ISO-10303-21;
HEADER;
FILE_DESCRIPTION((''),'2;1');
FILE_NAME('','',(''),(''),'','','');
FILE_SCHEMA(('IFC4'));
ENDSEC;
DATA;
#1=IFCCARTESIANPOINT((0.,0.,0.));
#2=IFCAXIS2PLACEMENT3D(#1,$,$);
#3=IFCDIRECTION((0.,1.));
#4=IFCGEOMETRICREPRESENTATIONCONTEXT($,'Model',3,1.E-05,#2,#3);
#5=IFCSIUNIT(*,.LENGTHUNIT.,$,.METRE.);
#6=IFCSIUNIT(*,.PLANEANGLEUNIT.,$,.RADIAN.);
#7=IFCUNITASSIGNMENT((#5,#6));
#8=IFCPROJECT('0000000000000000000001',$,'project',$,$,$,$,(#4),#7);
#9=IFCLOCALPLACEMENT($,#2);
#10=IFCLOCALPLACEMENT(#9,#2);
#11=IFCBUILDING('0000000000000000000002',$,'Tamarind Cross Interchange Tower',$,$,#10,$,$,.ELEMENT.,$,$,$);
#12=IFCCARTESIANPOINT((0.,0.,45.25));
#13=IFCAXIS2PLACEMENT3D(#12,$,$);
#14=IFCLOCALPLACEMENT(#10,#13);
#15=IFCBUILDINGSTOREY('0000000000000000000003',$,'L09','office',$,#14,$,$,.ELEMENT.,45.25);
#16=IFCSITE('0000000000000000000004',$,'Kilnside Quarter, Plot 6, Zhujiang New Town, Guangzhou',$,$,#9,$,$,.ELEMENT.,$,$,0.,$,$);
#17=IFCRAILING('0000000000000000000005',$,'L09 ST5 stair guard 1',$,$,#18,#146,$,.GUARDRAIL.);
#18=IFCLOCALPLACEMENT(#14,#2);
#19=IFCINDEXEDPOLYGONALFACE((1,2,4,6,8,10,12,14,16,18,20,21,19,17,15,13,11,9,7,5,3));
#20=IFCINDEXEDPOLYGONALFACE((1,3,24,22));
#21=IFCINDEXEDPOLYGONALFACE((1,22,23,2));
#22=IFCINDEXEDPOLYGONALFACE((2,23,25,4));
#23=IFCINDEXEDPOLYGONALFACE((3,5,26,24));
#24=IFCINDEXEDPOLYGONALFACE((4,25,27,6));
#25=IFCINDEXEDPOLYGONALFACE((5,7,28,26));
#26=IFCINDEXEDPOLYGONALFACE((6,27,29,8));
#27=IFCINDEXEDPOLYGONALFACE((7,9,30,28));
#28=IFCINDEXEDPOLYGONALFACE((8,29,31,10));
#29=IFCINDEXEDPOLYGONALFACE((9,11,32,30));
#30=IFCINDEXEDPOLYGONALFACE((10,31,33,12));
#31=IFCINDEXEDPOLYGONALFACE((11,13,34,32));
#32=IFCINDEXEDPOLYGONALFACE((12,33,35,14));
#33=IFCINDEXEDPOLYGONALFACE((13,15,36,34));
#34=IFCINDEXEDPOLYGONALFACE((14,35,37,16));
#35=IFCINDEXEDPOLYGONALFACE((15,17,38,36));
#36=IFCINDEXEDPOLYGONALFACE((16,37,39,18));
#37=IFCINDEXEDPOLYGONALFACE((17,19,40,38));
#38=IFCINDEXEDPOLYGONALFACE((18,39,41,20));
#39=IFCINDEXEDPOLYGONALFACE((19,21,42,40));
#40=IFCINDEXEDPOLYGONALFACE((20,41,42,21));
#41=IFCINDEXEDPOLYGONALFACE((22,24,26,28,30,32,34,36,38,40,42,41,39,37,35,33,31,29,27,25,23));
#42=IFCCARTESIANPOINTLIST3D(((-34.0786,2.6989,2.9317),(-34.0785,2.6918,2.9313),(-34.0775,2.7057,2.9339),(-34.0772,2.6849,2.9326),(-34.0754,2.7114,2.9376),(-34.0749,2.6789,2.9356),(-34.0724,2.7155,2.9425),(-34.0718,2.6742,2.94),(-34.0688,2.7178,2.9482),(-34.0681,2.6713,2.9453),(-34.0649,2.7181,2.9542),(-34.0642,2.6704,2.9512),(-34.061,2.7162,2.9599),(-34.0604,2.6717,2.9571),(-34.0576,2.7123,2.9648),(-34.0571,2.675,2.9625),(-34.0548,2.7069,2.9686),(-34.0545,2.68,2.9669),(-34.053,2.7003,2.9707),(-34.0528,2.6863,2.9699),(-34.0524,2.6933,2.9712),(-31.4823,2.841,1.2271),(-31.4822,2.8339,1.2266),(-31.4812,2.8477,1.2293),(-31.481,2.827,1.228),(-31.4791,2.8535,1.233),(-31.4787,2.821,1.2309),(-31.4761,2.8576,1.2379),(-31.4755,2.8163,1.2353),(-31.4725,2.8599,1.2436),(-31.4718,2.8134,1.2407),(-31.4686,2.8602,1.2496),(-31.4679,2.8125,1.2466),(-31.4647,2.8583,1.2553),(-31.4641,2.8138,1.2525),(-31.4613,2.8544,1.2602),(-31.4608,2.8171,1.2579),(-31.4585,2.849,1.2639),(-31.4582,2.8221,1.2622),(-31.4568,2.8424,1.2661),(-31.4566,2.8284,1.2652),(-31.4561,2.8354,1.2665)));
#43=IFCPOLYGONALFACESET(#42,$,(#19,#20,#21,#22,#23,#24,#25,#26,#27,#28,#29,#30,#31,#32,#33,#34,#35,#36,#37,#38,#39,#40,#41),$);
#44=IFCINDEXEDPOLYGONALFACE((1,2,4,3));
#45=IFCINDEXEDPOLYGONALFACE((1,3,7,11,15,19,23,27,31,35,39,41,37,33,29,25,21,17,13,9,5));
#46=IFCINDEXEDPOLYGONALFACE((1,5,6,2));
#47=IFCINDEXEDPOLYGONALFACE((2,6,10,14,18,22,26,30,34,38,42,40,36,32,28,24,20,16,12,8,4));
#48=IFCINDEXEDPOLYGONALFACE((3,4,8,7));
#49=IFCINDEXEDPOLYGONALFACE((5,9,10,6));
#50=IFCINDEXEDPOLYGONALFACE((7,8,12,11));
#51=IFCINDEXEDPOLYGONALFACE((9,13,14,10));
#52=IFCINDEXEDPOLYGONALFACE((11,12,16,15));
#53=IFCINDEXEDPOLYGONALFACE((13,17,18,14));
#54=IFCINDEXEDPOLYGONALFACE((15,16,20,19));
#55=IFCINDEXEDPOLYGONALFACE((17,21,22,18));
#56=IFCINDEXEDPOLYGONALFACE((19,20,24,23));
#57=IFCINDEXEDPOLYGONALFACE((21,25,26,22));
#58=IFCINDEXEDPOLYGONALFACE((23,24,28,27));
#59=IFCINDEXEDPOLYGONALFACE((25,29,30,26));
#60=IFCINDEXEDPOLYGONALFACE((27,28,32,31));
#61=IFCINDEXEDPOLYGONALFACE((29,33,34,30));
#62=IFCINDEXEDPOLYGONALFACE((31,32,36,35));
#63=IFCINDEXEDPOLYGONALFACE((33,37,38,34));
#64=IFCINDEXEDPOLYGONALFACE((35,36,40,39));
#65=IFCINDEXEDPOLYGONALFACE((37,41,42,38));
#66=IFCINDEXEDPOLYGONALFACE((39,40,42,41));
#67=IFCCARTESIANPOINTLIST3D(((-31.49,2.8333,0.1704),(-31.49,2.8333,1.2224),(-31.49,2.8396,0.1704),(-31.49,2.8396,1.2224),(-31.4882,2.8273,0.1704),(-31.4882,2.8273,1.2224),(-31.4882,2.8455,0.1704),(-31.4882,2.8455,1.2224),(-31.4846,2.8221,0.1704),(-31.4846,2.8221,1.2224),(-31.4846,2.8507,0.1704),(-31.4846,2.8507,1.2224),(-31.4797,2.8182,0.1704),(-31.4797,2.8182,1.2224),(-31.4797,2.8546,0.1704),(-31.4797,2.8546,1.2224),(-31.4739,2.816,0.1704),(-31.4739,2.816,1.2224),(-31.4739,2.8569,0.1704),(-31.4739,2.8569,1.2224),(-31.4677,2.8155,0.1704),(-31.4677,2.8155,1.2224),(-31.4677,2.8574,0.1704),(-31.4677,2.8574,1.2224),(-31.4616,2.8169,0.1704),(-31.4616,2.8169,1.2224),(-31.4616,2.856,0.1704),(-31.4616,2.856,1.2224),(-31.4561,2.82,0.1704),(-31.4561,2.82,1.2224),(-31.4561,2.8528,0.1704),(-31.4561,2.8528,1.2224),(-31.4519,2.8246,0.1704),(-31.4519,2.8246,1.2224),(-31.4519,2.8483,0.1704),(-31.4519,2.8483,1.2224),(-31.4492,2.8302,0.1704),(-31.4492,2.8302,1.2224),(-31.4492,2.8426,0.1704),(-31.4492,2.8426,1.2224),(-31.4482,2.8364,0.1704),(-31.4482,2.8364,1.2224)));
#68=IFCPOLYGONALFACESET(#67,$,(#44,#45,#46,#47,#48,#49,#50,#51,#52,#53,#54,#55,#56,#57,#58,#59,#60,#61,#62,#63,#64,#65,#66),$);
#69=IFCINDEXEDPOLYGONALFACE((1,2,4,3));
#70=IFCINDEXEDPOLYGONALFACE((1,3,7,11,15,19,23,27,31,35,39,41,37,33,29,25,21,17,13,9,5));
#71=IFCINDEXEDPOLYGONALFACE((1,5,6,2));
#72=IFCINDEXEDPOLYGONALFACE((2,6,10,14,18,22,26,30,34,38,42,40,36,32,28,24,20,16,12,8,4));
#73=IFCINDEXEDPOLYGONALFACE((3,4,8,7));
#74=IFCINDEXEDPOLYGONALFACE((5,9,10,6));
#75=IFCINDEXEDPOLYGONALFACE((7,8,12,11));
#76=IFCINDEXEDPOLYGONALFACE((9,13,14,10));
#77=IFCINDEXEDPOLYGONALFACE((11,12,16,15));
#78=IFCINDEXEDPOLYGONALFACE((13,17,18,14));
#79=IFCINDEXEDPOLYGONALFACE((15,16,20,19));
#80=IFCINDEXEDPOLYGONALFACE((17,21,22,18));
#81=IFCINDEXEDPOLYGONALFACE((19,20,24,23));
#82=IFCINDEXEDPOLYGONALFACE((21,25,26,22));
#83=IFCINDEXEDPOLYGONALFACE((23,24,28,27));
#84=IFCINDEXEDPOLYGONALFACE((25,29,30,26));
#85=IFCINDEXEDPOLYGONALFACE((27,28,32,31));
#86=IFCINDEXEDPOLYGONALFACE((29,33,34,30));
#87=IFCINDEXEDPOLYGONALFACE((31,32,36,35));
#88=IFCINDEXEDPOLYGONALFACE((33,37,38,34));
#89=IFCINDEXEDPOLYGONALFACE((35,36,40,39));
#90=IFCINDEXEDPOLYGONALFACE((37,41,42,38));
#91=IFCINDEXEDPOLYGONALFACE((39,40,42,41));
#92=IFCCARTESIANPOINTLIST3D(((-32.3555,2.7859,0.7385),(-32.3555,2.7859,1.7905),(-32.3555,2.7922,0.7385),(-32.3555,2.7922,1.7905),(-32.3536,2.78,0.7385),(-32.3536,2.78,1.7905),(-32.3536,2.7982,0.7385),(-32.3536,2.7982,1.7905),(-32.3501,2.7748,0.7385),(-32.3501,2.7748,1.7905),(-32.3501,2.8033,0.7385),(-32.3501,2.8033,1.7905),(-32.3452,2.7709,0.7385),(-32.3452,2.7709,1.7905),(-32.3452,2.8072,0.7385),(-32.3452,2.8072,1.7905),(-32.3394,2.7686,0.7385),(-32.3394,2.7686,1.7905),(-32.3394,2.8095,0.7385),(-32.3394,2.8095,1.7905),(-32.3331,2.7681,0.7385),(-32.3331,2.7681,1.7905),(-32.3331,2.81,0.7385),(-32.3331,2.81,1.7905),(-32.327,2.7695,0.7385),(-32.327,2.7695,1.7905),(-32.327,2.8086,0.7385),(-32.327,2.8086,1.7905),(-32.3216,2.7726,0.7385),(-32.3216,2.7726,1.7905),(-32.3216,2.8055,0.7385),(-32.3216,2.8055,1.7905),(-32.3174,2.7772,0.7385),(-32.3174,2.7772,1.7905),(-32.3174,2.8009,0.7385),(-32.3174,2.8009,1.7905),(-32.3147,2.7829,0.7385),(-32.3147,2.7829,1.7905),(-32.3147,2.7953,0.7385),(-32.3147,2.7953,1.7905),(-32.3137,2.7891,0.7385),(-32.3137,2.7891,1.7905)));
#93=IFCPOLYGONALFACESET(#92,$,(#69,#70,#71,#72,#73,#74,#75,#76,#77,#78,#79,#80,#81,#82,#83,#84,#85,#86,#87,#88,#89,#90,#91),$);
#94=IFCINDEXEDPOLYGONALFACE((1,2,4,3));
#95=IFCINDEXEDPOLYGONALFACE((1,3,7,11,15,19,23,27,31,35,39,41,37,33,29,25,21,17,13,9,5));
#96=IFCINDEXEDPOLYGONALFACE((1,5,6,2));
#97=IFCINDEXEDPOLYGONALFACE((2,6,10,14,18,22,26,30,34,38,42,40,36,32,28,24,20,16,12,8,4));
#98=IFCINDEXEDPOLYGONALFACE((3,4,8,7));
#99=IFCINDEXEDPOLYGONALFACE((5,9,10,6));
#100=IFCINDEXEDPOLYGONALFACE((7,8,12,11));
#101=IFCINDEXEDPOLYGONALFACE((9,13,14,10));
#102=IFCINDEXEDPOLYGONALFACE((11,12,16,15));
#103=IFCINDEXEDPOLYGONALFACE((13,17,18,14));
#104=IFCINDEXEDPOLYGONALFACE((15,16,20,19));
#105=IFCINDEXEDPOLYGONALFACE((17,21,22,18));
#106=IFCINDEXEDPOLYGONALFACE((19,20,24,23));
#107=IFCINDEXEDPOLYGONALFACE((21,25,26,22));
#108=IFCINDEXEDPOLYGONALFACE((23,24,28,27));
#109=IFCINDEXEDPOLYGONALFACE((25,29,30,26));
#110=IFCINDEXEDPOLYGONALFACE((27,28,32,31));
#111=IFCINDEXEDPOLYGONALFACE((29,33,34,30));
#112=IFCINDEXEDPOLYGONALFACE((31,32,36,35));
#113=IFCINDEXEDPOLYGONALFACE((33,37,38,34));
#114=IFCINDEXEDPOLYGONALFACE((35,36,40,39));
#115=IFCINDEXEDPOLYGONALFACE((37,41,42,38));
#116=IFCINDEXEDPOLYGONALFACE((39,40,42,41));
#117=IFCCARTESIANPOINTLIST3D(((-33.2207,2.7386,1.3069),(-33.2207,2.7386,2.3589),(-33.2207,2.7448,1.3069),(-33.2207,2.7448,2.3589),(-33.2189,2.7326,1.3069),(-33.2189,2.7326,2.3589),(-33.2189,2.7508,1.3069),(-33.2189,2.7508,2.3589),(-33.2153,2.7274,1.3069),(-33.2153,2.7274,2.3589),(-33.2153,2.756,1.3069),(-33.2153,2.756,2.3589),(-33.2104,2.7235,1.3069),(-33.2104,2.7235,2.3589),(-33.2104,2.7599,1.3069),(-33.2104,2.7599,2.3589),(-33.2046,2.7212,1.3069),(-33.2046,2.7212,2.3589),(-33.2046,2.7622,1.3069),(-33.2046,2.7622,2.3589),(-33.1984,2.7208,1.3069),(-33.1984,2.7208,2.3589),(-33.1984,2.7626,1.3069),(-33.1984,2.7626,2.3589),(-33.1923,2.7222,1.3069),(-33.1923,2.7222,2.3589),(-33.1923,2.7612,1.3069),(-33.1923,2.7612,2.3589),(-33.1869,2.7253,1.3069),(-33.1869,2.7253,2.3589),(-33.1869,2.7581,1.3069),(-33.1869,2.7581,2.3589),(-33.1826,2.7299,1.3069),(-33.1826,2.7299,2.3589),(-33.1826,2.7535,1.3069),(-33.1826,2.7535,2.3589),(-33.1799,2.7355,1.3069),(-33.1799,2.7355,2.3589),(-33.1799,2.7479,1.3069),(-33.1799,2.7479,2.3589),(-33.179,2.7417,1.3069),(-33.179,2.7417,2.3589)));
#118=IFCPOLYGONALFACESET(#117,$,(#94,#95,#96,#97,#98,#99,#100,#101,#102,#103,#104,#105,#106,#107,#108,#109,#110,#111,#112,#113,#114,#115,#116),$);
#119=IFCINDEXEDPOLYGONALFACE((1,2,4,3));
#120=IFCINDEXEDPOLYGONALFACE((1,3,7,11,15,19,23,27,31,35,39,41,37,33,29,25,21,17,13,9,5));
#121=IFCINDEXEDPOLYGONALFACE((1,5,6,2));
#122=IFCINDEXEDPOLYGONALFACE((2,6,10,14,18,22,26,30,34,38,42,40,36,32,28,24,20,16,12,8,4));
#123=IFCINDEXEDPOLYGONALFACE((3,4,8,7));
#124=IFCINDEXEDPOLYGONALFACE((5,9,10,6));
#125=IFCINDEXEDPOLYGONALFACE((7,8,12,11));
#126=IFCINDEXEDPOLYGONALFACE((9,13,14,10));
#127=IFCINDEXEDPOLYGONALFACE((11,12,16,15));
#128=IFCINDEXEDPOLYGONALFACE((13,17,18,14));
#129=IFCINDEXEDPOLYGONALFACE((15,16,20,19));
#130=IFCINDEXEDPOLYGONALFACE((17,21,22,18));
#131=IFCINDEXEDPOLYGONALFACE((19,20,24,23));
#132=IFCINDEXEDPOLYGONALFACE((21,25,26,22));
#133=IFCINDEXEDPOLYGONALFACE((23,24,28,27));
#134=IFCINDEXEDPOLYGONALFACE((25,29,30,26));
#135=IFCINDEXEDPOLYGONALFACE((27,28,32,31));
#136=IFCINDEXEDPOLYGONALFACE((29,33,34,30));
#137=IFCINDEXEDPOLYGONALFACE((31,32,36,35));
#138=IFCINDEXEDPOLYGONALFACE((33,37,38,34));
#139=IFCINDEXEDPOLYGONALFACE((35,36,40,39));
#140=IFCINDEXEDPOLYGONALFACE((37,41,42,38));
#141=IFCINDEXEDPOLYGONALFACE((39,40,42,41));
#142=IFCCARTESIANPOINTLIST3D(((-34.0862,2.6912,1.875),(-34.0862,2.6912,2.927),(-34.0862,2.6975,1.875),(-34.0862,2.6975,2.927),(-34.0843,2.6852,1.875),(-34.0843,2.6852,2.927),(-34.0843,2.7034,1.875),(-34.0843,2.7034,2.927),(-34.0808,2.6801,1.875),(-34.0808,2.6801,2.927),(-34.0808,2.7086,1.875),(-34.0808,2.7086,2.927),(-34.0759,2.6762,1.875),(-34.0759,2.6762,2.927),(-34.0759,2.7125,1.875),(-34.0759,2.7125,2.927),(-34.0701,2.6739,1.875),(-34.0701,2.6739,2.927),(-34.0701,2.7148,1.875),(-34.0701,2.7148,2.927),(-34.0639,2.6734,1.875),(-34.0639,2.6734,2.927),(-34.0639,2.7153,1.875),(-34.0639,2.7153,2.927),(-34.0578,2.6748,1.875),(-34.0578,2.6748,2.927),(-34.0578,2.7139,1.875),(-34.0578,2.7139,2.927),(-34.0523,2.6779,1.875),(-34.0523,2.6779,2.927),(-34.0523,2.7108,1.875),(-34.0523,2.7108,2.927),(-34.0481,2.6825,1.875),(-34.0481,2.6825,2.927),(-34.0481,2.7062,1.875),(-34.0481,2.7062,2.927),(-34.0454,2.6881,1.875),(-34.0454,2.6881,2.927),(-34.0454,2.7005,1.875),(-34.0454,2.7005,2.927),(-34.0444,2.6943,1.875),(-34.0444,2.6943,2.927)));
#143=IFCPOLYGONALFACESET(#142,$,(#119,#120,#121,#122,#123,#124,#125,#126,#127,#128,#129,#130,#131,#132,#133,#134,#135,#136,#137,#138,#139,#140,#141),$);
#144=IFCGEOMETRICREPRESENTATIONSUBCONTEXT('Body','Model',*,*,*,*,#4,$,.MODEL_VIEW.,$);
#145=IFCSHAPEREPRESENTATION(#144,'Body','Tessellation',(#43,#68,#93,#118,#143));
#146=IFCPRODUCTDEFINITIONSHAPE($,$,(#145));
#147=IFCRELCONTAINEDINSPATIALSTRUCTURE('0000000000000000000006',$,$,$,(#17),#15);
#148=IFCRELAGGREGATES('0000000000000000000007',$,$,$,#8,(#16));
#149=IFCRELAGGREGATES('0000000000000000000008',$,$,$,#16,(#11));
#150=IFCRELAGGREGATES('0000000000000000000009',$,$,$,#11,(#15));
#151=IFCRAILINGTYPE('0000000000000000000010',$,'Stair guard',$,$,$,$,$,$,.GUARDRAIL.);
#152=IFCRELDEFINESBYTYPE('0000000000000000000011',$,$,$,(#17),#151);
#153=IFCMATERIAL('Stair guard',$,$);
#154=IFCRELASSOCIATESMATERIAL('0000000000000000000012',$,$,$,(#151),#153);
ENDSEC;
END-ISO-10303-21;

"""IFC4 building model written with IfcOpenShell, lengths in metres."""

from ifc_helpers import new_model, si_unit, direction, frame, origin, origin_2d, place, context, subcontext, project, spatial, circle, extrude, material, type_object, element, save


model = new_model("IFC4")

# Units and contexts
model_context = context("Model", 3, precision=1e-05, world=origin(), true_north=direction((0.0, 1.0)))
body_context = subcontext(model_context, "Body", "Model", "MODEL_VIEW")
ifc_project = project(units=[si_unit("LENGTHUNIT", "METRE"), si_unit("PLANEANGLEUNIT", "RADIAN")], contexts=[model_context])

# Site, building, storey
site_placement = place(None, origin())
site = spatial("IfcSite", under=ifc_project, at=site_placement, Name="Kilnside Quarter, Plot 6, Zhujiang New Town, Guangzhou", CompositionType="ELEMENT", RefElevation=0.0)
building_placement = place(site_placement, origin())
building = spatial("IfcBuilding", under=site, at=building_placement, Name="Tamarind Cross Interchange Tower", CompositionType="ELEMENT")
storey_placement = place(building_placement, frame((0.0, 0.0, 45.25)))
storey = spatial("IfcBuildingStorey", under=building, at=storey_placement, Name="L09", Description="office", CompositionType="ELEMENT", Elevation=45.25)

# Railing
ifc_material_1 = material(Name="Stair guard")
railing_type_1 = type_object("IfcRailingType", Name="Stair guard", PredefinedType="GUARDRAIL", material=ifc_material_1)
railing_1_placement = place(storey_placement, frame((-31.4692, 2.8364, 0.1704)))
element("IfcRailing", 1, at=railing_1_placement, inside=storey, type_object=railing_type_1, Name="L09 ST5 stair guard 1", PredefinedType="GUARDRAIL", context=body_context, shape_type="SweptSolid", body=[
    extrude(circle(Radius=0.0239, at=origin_2d()), frame((0.0, 0.0, 1.0762), z_axis=(-0.83505, -0.045702, 0.548272), x_axis=(0.054648, -0.998506, 0.0)), (0.0, 0.0, 1.0), 3.1091),
    extrude(circle(Radius=0.021, at=origin_2d()), origin(), (0.0, 0.0, 1.0), 1.052),
    extrude(circle(Radius=0.021, at=origin_2d()), frame((-0.8655, -0.0474, 0.5681)), (0.0, 0.0, 1.0), 1.052),
    extrude(circle(Radius=0.021, at=origin_2d()), frame((-1.7307, -0.0947, 1.1365)), (0.0, 0.0, 1.0), 1.052),
    extrude(circle(Radius=0.021, at=origin_2d()), frame((-2.5962, -0.1421, 1.7046)), (0.0, 0.0, 1.0), 1.052),
])

save(model, "model.ifc")
